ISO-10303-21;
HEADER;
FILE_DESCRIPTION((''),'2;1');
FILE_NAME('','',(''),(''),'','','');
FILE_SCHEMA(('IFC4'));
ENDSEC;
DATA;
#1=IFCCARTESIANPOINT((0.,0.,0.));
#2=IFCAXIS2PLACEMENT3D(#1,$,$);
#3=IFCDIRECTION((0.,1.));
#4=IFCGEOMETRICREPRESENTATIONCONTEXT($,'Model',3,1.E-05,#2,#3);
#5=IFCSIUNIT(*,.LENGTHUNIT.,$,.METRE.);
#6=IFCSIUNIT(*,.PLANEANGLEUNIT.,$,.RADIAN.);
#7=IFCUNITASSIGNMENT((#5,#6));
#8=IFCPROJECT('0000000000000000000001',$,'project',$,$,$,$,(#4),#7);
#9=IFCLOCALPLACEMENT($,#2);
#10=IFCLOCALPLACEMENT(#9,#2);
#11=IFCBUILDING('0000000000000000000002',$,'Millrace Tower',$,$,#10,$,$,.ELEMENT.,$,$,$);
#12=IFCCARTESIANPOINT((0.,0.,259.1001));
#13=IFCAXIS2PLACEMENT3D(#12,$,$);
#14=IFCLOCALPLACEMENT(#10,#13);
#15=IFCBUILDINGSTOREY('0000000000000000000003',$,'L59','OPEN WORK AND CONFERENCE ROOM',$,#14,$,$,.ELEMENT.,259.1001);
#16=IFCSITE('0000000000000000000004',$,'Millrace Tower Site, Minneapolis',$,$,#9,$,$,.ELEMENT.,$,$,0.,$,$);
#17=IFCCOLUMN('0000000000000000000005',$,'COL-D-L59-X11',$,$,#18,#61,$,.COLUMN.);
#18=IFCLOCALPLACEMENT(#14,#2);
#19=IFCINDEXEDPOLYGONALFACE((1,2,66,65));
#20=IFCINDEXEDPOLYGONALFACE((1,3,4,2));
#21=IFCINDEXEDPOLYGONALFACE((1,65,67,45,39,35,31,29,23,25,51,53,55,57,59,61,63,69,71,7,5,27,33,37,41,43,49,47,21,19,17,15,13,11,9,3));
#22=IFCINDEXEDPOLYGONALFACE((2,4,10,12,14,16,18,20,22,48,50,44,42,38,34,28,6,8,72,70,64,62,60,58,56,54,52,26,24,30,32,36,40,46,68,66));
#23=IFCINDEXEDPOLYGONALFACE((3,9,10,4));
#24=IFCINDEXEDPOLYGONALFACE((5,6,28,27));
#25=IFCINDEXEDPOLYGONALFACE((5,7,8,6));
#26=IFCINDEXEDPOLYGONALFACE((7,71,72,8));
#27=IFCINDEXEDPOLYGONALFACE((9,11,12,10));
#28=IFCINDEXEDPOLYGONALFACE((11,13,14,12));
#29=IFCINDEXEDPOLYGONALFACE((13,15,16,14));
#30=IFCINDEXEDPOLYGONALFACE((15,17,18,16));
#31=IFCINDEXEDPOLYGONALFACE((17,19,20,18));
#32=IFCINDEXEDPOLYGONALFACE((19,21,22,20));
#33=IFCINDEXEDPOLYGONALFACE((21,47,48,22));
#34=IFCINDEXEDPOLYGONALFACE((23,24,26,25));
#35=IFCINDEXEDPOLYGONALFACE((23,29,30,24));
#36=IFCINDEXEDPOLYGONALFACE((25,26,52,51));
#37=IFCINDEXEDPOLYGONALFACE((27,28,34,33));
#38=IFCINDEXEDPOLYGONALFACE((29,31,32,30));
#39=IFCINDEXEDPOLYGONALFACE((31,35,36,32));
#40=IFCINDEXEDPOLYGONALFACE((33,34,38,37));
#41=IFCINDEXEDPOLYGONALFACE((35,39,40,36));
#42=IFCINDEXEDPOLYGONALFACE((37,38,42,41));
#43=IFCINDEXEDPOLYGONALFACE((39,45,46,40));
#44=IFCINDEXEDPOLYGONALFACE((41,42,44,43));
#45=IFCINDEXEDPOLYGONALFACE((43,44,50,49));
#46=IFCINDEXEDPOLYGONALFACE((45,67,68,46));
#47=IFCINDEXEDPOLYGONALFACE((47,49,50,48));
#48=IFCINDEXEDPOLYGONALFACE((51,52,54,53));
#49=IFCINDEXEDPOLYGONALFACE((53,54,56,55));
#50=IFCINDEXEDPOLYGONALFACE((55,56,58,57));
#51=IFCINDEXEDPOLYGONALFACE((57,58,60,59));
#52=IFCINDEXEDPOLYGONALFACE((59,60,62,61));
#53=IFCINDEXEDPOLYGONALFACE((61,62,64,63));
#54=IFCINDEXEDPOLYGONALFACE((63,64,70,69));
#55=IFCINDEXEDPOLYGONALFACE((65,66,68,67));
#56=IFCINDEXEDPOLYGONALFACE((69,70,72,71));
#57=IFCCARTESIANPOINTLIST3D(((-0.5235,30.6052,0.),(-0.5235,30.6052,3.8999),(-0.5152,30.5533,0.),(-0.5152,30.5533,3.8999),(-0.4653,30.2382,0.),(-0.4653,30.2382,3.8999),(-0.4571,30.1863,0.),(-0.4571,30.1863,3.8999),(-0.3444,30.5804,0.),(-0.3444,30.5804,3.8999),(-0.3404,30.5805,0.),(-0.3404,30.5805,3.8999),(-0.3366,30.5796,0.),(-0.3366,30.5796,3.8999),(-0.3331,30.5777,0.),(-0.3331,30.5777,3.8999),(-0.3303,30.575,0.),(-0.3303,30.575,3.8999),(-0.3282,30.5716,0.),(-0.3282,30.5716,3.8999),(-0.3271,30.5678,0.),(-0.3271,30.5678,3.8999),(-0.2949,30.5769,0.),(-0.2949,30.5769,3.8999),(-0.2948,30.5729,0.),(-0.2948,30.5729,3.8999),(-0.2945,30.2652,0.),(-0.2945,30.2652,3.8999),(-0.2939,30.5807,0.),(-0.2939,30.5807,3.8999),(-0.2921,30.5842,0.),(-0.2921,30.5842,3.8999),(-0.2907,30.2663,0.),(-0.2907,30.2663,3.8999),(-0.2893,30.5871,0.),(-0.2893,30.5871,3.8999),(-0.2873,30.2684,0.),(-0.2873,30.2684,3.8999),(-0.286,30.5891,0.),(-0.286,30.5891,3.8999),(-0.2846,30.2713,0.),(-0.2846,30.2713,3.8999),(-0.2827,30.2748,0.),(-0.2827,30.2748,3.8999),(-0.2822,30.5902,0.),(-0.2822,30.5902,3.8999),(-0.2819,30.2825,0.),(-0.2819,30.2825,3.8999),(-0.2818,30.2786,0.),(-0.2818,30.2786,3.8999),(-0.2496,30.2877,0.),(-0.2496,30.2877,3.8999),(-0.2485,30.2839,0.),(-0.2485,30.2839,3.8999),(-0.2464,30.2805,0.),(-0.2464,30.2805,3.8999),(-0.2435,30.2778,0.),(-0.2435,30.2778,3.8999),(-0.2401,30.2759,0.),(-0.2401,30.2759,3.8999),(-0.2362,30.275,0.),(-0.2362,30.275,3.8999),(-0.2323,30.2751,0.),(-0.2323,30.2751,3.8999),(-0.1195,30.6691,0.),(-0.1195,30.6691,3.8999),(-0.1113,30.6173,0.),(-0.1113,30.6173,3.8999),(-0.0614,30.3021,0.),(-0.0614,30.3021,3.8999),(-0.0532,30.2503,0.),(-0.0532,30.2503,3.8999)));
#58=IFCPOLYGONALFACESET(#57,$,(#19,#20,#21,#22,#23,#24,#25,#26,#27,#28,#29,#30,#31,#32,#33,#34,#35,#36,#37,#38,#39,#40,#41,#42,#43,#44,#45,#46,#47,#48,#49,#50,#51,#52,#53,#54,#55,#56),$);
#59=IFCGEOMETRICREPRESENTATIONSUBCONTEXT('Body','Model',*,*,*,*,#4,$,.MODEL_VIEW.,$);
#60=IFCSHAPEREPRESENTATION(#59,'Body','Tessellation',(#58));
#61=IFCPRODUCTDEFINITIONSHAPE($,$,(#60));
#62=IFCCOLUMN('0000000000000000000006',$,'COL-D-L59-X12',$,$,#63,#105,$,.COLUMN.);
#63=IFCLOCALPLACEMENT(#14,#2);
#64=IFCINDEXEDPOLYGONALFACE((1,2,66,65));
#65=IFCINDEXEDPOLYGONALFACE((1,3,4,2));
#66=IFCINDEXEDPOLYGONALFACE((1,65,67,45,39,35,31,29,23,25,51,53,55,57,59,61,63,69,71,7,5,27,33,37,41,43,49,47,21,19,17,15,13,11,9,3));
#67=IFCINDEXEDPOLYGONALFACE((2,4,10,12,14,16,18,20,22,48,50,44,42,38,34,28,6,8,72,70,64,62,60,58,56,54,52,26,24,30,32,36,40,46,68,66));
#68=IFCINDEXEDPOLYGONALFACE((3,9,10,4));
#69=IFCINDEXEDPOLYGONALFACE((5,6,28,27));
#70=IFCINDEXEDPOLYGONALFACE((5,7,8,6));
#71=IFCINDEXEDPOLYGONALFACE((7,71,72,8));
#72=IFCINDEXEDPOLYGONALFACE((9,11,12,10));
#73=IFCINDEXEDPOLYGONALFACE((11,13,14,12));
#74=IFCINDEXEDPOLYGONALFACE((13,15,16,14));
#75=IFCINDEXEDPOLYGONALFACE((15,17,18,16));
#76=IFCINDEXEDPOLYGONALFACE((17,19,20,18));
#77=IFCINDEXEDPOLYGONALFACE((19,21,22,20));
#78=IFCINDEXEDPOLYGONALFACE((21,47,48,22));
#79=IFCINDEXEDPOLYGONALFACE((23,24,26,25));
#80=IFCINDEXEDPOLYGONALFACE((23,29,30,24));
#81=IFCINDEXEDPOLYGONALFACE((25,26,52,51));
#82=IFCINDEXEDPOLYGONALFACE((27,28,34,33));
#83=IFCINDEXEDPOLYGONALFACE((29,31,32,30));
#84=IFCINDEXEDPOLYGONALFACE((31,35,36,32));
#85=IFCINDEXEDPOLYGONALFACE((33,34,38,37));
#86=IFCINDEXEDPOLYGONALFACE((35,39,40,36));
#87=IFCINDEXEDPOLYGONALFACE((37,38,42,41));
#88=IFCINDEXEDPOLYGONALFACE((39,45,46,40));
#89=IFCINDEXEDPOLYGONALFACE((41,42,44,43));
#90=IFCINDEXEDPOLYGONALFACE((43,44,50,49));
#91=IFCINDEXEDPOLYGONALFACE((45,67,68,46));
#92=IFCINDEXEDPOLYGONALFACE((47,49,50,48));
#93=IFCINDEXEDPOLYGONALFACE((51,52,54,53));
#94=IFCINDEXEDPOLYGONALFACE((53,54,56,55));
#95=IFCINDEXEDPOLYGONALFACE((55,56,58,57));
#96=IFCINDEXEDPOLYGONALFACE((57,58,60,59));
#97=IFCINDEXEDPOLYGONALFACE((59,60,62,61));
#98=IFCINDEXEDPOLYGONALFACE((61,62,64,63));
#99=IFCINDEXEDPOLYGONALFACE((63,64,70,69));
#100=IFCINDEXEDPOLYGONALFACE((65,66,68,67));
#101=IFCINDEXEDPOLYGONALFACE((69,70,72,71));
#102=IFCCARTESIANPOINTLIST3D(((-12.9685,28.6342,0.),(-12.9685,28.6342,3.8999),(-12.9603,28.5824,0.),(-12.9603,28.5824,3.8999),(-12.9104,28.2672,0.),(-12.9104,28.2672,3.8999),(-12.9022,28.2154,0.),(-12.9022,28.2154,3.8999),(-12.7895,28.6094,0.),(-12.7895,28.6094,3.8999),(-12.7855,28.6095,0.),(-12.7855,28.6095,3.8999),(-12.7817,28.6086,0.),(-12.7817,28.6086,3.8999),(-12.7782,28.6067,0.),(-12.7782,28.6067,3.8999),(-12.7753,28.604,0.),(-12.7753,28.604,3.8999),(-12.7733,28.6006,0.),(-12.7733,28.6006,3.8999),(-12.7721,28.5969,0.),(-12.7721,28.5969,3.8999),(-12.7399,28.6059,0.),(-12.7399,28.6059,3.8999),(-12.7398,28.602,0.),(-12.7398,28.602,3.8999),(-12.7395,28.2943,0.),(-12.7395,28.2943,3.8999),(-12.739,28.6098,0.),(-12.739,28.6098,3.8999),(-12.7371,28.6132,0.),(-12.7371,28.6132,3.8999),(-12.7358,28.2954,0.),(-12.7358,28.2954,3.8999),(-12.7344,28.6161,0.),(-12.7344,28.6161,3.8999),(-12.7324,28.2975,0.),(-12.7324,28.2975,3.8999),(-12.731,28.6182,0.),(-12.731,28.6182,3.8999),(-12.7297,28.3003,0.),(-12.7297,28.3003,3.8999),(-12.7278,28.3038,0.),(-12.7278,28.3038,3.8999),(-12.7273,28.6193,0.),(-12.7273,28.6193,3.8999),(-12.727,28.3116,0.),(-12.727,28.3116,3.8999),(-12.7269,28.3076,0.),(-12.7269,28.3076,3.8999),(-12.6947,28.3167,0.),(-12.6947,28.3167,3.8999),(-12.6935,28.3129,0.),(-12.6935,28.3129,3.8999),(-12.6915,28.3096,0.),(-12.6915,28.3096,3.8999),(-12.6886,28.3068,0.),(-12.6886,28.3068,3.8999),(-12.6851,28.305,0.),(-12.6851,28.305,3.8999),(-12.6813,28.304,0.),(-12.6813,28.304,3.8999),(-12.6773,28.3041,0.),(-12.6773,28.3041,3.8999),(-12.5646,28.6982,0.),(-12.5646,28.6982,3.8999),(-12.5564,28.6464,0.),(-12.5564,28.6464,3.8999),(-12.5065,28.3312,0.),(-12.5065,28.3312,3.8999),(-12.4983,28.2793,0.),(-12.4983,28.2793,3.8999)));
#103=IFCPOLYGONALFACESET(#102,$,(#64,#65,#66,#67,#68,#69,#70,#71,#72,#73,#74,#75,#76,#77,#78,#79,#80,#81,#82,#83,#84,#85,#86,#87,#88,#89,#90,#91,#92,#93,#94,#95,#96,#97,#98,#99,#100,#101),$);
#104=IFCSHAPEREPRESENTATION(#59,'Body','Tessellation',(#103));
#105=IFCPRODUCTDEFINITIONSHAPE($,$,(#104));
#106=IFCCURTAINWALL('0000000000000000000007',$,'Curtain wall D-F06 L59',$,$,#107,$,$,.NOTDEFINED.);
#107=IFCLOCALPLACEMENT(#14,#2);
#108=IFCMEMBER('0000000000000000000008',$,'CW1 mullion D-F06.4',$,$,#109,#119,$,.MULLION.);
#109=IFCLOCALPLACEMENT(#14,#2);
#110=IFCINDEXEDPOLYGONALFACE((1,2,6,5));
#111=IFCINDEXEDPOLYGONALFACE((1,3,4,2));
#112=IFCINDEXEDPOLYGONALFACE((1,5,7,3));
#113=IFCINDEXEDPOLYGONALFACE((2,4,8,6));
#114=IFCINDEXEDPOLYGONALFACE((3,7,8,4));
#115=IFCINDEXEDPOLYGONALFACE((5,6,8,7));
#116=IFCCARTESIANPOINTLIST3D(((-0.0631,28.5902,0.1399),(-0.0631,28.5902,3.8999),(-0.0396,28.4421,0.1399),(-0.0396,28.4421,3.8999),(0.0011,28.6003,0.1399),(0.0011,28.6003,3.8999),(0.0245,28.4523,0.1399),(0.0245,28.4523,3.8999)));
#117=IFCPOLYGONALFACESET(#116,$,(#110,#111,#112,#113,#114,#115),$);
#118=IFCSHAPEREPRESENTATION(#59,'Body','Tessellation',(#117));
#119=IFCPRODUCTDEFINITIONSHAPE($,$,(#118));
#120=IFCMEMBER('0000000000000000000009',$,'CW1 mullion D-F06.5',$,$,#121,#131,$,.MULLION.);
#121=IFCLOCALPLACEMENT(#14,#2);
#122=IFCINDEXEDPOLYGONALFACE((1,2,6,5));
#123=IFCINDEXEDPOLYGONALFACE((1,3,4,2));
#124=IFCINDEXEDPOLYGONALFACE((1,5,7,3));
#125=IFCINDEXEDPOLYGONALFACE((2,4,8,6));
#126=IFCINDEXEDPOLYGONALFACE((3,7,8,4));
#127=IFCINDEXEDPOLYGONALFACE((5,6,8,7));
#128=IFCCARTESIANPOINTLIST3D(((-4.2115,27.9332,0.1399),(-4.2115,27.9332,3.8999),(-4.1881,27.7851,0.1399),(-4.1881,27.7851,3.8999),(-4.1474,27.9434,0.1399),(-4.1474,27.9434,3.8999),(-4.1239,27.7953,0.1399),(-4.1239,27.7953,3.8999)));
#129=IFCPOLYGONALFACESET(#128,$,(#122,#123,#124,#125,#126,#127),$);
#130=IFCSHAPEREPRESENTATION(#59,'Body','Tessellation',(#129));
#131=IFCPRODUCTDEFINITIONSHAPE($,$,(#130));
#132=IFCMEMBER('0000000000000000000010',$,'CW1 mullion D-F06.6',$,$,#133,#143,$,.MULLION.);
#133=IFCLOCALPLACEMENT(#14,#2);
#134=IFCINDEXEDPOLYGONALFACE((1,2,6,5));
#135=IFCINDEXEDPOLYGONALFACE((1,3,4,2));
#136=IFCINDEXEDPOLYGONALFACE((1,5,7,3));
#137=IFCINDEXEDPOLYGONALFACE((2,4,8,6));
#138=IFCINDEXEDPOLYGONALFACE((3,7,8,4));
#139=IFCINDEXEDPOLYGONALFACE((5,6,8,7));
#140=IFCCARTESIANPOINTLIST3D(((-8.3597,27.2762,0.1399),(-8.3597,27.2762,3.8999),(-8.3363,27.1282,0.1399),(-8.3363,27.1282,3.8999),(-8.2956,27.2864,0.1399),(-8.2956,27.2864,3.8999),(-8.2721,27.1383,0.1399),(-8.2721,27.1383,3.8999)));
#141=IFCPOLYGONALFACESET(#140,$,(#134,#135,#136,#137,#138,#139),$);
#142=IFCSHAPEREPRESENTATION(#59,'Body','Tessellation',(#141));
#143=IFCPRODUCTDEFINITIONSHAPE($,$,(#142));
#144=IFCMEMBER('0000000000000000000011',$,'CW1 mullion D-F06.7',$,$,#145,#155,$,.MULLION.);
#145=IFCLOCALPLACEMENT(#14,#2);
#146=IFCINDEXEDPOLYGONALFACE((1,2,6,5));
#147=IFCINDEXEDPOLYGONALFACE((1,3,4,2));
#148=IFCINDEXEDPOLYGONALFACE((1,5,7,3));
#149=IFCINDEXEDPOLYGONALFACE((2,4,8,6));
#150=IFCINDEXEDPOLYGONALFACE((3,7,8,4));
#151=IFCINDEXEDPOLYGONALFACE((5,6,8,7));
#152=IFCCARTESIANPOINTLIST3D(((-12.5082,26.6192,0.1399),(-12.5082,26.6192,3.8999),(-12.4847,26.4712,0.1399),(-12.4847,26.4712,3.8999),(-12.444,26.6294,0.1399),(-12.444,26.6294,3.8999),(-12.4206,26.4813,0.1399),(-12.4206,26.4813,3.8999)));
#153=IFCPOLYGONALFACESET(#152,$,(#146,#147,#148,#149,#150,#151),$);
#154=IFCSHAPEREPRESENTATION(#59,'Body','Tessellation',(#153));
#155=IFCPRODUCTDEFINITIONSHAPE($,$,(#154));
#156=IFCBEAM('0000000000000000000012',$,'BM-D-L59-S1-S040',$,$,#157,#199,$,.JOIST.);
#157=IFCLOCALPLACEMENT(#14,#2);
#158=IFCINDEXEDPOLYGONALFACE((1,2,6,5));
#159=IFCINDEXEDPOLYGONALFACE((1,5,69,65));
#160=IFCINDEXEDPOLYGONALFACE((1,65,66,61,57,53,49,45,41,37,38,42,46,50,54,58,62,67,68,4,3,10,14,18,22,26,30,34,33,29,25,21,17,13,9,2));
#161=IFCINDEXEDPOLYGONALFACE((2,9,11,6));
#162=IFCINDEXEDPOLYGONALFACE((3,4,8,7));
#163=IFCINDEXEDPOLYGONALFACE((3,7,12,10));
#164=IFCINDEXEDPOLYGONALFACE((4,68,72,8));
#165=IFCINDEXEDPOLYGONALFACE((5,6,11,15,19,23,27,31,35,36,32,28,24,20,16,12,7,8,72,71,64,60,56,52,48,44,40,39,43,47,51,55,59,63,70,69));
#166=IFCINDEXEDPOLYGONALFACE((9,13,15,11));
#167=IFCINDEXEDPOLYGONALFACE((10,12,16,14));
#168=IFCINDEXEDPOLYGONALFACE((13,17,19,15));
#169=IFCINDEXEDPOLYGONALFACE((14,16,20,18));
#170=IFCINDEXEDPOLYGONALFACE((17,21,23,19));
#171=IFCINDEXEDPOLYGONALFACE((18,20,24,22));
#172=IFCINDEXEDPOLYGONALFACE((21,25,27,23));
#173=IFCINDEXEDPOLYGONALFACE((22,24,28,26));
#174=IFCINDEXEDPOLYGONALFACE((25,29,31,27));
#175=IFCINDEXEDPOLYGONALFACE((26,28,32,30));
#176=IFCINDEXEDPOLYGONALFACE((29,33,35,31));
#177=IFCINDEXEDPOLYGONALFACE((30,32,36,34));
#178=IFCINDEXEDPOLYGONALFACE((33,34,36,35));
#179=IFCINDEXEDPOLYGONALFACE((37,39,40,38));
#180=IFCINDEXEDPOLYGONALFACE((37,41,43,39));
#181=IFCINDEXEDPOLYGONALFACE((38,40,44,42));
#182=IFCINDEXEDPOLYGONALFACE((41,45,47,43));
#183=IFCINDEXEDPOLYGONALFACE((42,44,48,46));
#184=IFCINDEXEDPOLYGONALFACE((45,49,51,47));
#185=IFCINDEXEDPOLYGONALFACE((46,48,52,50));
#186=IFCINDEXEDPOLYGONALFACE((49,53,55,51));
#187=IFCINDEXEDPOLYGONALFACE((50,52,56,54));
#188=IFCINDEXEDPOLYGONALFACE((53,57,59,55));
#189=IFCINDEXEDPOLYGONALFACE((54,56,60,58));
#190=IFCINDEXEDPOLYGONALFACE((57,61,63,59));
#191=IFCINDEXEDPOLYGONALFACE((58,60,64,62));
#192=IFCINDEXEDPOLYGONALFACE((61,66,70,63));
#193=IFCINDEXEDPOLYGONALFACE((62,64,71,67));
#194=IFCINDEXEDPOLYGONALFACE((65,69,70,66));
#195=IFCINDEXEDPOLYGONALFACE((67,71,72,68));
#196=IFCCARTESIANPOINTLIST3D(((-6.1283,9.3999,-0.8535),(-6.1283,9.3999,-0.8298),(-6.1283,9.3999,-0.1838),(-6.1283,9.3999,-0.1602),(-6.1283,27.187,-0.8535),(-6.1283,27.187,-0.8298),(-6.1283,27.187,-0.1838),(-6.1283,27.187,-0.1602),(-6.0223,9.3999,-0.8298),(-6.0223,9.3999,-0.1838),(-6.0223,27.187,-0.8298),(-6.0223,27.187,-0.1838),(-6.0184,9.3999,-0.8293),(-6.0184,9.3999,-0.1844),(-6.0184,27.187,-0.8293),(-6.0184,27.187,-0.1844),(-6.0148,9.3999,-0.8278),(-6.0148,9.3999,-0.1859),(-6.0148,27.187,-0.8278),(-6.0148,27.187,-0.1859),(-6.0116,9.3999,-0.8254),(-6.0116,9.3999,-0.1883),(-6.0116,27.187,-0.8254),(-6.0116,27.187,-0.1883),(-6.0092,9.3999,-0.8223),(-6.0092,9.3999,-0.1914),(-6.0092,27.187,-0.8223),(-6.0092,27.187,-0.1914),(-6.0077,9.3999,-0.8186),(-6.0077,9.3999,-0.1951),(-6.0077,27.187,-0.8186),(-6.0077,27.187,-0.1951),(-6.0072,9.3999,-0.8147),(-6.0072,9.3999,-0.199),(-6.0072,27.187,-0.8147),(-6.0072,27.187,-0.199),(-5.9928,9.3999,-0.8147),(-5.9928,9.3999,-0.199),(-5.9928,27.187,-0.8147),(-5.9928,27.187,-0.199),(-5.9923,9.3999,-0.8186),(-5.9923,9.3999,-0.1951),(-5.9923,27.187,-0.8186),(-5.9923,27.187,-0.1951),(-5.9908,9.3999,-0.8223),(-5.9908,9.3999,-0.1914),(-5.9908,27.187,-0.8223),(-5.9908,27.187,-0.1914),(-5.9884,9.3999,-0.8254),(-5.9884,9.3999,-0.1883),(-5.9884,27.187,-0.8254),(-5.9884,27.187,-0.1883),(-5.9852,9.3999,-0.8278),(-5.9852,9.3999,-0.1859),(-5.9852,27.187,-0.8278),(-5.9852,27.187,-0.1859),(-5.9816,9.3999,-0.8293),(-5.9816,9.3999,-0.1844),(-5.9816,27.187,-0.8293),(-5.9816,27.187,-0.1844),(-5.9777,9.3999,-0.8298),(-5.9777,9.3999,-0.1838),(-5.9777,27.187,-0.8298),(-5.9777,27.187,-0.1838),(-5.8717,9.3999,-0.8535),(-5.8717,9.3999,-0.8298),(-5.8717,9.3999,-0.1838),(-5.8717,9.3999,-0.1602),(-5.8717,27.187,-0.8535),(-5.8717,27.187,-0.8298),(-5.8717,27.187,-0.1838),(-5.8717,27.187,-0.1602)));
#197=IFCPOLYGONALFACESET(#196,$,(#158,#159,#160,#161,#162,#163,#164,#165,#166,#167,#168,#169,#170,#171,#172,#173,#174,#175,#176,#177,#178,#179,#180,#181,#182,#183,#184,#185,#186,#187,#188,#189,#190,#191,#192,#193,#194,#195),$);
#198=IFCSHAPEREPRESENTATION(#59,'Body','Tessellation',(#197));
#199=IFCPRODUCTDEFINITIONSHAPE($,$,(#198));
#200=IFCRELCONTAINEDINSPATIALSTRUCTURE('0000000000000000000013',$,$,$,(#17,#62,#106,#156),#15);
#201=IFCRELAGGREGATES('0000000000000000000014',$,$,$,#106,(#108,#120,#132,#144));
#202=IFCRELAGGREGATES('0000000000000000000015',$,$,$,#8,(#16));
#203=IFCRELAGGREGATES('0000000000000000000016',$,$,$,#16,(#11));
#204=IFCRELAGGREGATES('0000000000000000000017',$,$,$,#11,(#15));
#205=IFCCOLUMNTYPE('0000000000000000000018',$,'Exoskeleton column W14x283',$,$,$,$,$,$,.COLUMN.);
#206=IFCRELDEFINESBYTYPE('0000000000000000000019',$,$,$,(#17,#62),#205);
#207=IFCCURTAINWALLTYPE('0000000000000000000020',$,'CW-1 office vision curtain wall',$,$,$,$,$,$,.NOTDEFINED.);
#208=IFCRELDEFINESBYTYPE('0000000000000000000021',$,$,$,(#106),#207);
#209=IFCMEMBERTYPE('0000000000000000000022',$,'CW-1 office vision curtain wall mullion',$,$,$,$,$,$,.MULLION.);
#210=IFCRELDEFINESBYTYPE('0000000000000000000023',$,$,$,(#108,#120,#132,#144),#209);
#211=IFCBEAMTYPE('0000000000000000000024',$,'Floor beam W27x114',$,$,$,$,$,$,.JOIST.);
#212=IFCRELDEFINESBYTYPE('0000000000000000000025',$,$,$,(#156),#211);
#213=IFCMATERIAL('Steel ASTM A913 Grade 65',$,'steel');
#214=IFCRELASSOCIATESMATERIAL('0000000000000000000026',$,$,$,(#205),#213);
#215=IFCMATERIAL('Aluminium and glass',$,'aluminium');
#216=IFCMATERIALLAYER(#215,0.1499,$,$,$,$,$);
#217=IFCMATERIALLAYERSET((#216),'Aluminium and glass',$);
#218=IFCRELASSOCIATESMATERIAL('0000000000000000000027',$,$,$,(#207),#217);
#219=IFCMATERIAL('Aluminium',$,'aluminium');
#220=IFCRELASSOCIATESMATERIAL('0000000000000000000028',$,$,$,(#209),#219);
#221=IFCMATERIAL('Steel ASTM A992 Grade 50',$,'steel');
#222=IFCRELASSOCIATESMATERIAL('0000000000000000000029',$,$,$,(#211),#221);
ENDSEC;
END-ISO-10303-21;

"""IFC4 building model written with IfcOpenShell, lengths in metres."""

from ifc_helpers import new_model, si_unit, direction, frame, origin, origin_2d, place, context, subcontext, project, spatial, rectangle, i_section, extrude, material, layer, layer_set, material_profile, profile_set, type_object, element, aggregate, save


model = new_model("IFC4")

# Units and contexts
model_context = context("Model", 3, precision=1e-05, world=origin(), true_north=direction((0.0, 1.0)))
body_context = subcontext(model_context, "Body", "Model", "MODEL_VIEW")
ifc_project = project(units=[si_unit("LENGTHUNIT", "METRE"), si_unit("PLANEANGLEUNIT", "RADIAN")], contexts=[model_context])

# Site, building, storey
site_placement = place(None, origin())
site = spatial("IfcSite", under=ifc_project, at=site_placement, Name="Millrace Tower Site, Minneapolis", CompositionType="ELEMENT", RefElevation=0.0)
building_placement = place(site_placement, origin())
building = spatial("IfcBuilding", under=site, at=building_placement, Name="Millrace Tower", CompositionType="ELEMENT")
storey_placement = place(building_placement, frame((0.0, 0.0, 259.1001)))
storey = spatial("IfcBuildingStorey", under=building, at=storey_placement, Name="L59", Description="OPEN WORK AND CONFERENCE ROOM", CompositionType="ELEMENT", Elevation=259.1001)

# Columns
ifc_material_1 = material(Name="Steel ASTM A913 Grade 65", Category="steel")
ifc_material_profile_1 = material_profile(ifc_material_1, i_section(OverallWidth=0.4089, OverallDepth=0.4241, WebThickness=0.0327, FlangeThickness=0.0525, FilletRadius=0.0151, at=origin_2d()))
ifc_profile_set_1 = profile_set([ifc_material_profile_1], Name="Steel ASTM A913 Grade 65")
column_type = type_object("IfcColumnType", Name="Exoskeleton column W14x283", PredefinedType="COLUMN", material=ifc_profile_set_1)
for number, where, z_axis, x_axis, name in (
    (1, (-0.2883, 30.4277, 0.0), (0.0, 0.0, 1.0), (-0.987688, -0.156434, 0.0), "COL-D-L59-X11"),
    (2, (-12.7334, 28.4568, 0.0), (0.0, 0.0, 1.0), (-0.987688, -0.156434, 0.0), "COL-D-L59-X12"),
):
    element("IfcColumn", number, at=place(storey_placement, frame(where, z_axis=z_axis, x_axis=x_axis)), inside=storey, type_object=column_type, Name=name, PredefinedType="COLUMN", context=body_context, shape_type="SweptSolid", body=[
        extrude(i_section(OverallWidth=0.4089, OverallDepth=0.4241, WebThickness=0.0327, FlangeThickness=0.0525, FilletRadius=0.0151, at=origin_2d()), origin(), (0.0, 0.0, 1.0), 3.8999),
    ])

# Curtain wall, members
ifc_material_2 = material(Name="Aluminium and glass", Category="aluminium")
ifc_layer_1 = layer(ifc_material_2, 0.1499)
ifc_layer_set_1 = layer_set([ifc_layer_1], Name="Aluminium and glass")
curtain_wall_type = type_object("IfcCurtainWallType", Name="CW-1 office vision curtain wall", PredefinedType="NOTDEFINED", material=ifc_layer_set_1)
curtain_wall_placement = place(storey_placement, origin())
curtain_wall = element("IfcCurtainWall", 3, at=curtain_wall_placement, inside=storey, type_object=curtain_wall_type, Name="Curtain wall D-F06 L59", PredefinedType="NOTDEFINED")
ifc_material_3 = material(Name="Aluminium", Category="aluminium")
ifc_material_profile_2 = material_profile(ifc_material_3, rectangle(XDim=0.0649, YDim=0.1499, at=origin_2d()))
ifc_profile_set_2 = profile_set([ifc_material_profile_2], Name="Aluminium")
member_type = type_object("IfcMemberType", Name="CW-1 office vision curtain wall mullion", PredefinedType="MULLION", material=ifc_profile_set_2)
member_1_placement = place(storey_placement, frame((-0.0193, 28.5212, 0.1399), z_axis=(0.0, 0.0, 1.0), x_axis=(-0.987688, -0.156434, 0.0)))
member_1 = element("IfcMember", 4, at=member_1_placement, type_object=member_type, Name="CW1 mullion D-F06.4", PredefinedType="MULLION", context=body_context, shape_type="SweptSolid", body=[
    extrude(rectangle(XDim=0.0649, YDim=0.1499, at=origin_2d()), origin(), (0.0, 0.0, 1.0), 3.76),
])
member_2_placement = place(storey_placement, frame((-4.1677, 27.8643, 0.1399), z_axis=(0.0, 0.0, 1.0), x_axis=(-0.987688, -0.156434, 0.0)))
member_2 = element("IfcMember", 5, at=member_2_placement, type_object=member_type, Name="CW1 mullion D-F06.5", PredefinedType="MULLION", context=body_context, shape_type="SweptSolid", body=[
    extrude(rectangle(XDim=0.0649, YDim=0.1499, at=origin_2d()), origin(), (0.0, 0.0, 1.0), 3.76),
])
member_3_placement = place(storey_placement, frame((-8.3159, 27.2073, 0.1399), z_axis=(0.0, 0.0, 1.0), x_axis=(-0.987688, -0.156434, 0.0)))
member_3 = element("IfcMember", 6, at=member_3_placement, type_object=member_type, Name="CW1 mullion D-F06.6", PredefinedType="MULLION", context=body_context, shape_type="SweptSolid", body=[
    extrude(rectangle(XDim=0.0649, YDim=0.1499, at=origin_2d()), origin(), (0.0, 0.0, 1.0), 3.76),
])
member_4_placement = place(storey_placement, frame((-12.4644, 26.5503, 0.1399), z_axis=(0.0, 0.0, 1.0), x_axis=(-0.987688, -0.156434, 0.0)))
member_4 = element("IfcMember", 7, at=member_4_placement, type_object=member_type, Name="CW1 mullion D-F06.7", PredefinedType="MULLION", context=body_context, shape_type="SweptSolid", body=[
    extrude(rectangle(XDim=0.0649, YDim=0.1499, at=origin_2d()), origin(), (0.0, 0.0, 1.0), 3.76),
])
aggregate(curtain_wall, [member_1, member_2, member_3, member_4])

# Beam
ifc_material_4 = material(Name="Steel ASTM A992 Grade 50", Category="steel")
ifc_material_profile_3 = material_profile(ifc_material_4, i_section(OverallWidth=0.2566, OverallDepth=0.6934, WebThickness=0.0144, FlangeThickness=0.0237, FilletRadius=0.0151, at=origin_2d()))
ifc_profile_set_3 = profile_set([ifc_material_profile_3], Name="Steel ASTM A992 Grade 50")
beam_type_1 = type_object("IfcBeamType", Name="Floor beam W27x114", PredefinedType="JOIST", material=ifc_profile_set_3)
beam_1_placement = place(storey_placement, frame((-6.0, 9.3999, -0.5068), z_axis=(0.0, 1.0, 0.0), x_axis=(-1.0, 0.0, 0.0)))
element("IfcBeam", 8, at=beam_1_placement, inside=storey, type_object=beam_type_1, Name="BM-D-L59-S1-S040", PredefinedType="JOIST", context=body_context, shape_type="SweptSolid", body=[
    extrude(i_section(OverallWidth=0.2566, OverallDepth=0.6934, WebThickness=0.0144, FlangeThickness=0.0237, FilletRadius=0.0151, at=origin_2d()), origin(), (0.0, 0.0, 1.0), 17.7871),
])

save(model, "model.ifc")
